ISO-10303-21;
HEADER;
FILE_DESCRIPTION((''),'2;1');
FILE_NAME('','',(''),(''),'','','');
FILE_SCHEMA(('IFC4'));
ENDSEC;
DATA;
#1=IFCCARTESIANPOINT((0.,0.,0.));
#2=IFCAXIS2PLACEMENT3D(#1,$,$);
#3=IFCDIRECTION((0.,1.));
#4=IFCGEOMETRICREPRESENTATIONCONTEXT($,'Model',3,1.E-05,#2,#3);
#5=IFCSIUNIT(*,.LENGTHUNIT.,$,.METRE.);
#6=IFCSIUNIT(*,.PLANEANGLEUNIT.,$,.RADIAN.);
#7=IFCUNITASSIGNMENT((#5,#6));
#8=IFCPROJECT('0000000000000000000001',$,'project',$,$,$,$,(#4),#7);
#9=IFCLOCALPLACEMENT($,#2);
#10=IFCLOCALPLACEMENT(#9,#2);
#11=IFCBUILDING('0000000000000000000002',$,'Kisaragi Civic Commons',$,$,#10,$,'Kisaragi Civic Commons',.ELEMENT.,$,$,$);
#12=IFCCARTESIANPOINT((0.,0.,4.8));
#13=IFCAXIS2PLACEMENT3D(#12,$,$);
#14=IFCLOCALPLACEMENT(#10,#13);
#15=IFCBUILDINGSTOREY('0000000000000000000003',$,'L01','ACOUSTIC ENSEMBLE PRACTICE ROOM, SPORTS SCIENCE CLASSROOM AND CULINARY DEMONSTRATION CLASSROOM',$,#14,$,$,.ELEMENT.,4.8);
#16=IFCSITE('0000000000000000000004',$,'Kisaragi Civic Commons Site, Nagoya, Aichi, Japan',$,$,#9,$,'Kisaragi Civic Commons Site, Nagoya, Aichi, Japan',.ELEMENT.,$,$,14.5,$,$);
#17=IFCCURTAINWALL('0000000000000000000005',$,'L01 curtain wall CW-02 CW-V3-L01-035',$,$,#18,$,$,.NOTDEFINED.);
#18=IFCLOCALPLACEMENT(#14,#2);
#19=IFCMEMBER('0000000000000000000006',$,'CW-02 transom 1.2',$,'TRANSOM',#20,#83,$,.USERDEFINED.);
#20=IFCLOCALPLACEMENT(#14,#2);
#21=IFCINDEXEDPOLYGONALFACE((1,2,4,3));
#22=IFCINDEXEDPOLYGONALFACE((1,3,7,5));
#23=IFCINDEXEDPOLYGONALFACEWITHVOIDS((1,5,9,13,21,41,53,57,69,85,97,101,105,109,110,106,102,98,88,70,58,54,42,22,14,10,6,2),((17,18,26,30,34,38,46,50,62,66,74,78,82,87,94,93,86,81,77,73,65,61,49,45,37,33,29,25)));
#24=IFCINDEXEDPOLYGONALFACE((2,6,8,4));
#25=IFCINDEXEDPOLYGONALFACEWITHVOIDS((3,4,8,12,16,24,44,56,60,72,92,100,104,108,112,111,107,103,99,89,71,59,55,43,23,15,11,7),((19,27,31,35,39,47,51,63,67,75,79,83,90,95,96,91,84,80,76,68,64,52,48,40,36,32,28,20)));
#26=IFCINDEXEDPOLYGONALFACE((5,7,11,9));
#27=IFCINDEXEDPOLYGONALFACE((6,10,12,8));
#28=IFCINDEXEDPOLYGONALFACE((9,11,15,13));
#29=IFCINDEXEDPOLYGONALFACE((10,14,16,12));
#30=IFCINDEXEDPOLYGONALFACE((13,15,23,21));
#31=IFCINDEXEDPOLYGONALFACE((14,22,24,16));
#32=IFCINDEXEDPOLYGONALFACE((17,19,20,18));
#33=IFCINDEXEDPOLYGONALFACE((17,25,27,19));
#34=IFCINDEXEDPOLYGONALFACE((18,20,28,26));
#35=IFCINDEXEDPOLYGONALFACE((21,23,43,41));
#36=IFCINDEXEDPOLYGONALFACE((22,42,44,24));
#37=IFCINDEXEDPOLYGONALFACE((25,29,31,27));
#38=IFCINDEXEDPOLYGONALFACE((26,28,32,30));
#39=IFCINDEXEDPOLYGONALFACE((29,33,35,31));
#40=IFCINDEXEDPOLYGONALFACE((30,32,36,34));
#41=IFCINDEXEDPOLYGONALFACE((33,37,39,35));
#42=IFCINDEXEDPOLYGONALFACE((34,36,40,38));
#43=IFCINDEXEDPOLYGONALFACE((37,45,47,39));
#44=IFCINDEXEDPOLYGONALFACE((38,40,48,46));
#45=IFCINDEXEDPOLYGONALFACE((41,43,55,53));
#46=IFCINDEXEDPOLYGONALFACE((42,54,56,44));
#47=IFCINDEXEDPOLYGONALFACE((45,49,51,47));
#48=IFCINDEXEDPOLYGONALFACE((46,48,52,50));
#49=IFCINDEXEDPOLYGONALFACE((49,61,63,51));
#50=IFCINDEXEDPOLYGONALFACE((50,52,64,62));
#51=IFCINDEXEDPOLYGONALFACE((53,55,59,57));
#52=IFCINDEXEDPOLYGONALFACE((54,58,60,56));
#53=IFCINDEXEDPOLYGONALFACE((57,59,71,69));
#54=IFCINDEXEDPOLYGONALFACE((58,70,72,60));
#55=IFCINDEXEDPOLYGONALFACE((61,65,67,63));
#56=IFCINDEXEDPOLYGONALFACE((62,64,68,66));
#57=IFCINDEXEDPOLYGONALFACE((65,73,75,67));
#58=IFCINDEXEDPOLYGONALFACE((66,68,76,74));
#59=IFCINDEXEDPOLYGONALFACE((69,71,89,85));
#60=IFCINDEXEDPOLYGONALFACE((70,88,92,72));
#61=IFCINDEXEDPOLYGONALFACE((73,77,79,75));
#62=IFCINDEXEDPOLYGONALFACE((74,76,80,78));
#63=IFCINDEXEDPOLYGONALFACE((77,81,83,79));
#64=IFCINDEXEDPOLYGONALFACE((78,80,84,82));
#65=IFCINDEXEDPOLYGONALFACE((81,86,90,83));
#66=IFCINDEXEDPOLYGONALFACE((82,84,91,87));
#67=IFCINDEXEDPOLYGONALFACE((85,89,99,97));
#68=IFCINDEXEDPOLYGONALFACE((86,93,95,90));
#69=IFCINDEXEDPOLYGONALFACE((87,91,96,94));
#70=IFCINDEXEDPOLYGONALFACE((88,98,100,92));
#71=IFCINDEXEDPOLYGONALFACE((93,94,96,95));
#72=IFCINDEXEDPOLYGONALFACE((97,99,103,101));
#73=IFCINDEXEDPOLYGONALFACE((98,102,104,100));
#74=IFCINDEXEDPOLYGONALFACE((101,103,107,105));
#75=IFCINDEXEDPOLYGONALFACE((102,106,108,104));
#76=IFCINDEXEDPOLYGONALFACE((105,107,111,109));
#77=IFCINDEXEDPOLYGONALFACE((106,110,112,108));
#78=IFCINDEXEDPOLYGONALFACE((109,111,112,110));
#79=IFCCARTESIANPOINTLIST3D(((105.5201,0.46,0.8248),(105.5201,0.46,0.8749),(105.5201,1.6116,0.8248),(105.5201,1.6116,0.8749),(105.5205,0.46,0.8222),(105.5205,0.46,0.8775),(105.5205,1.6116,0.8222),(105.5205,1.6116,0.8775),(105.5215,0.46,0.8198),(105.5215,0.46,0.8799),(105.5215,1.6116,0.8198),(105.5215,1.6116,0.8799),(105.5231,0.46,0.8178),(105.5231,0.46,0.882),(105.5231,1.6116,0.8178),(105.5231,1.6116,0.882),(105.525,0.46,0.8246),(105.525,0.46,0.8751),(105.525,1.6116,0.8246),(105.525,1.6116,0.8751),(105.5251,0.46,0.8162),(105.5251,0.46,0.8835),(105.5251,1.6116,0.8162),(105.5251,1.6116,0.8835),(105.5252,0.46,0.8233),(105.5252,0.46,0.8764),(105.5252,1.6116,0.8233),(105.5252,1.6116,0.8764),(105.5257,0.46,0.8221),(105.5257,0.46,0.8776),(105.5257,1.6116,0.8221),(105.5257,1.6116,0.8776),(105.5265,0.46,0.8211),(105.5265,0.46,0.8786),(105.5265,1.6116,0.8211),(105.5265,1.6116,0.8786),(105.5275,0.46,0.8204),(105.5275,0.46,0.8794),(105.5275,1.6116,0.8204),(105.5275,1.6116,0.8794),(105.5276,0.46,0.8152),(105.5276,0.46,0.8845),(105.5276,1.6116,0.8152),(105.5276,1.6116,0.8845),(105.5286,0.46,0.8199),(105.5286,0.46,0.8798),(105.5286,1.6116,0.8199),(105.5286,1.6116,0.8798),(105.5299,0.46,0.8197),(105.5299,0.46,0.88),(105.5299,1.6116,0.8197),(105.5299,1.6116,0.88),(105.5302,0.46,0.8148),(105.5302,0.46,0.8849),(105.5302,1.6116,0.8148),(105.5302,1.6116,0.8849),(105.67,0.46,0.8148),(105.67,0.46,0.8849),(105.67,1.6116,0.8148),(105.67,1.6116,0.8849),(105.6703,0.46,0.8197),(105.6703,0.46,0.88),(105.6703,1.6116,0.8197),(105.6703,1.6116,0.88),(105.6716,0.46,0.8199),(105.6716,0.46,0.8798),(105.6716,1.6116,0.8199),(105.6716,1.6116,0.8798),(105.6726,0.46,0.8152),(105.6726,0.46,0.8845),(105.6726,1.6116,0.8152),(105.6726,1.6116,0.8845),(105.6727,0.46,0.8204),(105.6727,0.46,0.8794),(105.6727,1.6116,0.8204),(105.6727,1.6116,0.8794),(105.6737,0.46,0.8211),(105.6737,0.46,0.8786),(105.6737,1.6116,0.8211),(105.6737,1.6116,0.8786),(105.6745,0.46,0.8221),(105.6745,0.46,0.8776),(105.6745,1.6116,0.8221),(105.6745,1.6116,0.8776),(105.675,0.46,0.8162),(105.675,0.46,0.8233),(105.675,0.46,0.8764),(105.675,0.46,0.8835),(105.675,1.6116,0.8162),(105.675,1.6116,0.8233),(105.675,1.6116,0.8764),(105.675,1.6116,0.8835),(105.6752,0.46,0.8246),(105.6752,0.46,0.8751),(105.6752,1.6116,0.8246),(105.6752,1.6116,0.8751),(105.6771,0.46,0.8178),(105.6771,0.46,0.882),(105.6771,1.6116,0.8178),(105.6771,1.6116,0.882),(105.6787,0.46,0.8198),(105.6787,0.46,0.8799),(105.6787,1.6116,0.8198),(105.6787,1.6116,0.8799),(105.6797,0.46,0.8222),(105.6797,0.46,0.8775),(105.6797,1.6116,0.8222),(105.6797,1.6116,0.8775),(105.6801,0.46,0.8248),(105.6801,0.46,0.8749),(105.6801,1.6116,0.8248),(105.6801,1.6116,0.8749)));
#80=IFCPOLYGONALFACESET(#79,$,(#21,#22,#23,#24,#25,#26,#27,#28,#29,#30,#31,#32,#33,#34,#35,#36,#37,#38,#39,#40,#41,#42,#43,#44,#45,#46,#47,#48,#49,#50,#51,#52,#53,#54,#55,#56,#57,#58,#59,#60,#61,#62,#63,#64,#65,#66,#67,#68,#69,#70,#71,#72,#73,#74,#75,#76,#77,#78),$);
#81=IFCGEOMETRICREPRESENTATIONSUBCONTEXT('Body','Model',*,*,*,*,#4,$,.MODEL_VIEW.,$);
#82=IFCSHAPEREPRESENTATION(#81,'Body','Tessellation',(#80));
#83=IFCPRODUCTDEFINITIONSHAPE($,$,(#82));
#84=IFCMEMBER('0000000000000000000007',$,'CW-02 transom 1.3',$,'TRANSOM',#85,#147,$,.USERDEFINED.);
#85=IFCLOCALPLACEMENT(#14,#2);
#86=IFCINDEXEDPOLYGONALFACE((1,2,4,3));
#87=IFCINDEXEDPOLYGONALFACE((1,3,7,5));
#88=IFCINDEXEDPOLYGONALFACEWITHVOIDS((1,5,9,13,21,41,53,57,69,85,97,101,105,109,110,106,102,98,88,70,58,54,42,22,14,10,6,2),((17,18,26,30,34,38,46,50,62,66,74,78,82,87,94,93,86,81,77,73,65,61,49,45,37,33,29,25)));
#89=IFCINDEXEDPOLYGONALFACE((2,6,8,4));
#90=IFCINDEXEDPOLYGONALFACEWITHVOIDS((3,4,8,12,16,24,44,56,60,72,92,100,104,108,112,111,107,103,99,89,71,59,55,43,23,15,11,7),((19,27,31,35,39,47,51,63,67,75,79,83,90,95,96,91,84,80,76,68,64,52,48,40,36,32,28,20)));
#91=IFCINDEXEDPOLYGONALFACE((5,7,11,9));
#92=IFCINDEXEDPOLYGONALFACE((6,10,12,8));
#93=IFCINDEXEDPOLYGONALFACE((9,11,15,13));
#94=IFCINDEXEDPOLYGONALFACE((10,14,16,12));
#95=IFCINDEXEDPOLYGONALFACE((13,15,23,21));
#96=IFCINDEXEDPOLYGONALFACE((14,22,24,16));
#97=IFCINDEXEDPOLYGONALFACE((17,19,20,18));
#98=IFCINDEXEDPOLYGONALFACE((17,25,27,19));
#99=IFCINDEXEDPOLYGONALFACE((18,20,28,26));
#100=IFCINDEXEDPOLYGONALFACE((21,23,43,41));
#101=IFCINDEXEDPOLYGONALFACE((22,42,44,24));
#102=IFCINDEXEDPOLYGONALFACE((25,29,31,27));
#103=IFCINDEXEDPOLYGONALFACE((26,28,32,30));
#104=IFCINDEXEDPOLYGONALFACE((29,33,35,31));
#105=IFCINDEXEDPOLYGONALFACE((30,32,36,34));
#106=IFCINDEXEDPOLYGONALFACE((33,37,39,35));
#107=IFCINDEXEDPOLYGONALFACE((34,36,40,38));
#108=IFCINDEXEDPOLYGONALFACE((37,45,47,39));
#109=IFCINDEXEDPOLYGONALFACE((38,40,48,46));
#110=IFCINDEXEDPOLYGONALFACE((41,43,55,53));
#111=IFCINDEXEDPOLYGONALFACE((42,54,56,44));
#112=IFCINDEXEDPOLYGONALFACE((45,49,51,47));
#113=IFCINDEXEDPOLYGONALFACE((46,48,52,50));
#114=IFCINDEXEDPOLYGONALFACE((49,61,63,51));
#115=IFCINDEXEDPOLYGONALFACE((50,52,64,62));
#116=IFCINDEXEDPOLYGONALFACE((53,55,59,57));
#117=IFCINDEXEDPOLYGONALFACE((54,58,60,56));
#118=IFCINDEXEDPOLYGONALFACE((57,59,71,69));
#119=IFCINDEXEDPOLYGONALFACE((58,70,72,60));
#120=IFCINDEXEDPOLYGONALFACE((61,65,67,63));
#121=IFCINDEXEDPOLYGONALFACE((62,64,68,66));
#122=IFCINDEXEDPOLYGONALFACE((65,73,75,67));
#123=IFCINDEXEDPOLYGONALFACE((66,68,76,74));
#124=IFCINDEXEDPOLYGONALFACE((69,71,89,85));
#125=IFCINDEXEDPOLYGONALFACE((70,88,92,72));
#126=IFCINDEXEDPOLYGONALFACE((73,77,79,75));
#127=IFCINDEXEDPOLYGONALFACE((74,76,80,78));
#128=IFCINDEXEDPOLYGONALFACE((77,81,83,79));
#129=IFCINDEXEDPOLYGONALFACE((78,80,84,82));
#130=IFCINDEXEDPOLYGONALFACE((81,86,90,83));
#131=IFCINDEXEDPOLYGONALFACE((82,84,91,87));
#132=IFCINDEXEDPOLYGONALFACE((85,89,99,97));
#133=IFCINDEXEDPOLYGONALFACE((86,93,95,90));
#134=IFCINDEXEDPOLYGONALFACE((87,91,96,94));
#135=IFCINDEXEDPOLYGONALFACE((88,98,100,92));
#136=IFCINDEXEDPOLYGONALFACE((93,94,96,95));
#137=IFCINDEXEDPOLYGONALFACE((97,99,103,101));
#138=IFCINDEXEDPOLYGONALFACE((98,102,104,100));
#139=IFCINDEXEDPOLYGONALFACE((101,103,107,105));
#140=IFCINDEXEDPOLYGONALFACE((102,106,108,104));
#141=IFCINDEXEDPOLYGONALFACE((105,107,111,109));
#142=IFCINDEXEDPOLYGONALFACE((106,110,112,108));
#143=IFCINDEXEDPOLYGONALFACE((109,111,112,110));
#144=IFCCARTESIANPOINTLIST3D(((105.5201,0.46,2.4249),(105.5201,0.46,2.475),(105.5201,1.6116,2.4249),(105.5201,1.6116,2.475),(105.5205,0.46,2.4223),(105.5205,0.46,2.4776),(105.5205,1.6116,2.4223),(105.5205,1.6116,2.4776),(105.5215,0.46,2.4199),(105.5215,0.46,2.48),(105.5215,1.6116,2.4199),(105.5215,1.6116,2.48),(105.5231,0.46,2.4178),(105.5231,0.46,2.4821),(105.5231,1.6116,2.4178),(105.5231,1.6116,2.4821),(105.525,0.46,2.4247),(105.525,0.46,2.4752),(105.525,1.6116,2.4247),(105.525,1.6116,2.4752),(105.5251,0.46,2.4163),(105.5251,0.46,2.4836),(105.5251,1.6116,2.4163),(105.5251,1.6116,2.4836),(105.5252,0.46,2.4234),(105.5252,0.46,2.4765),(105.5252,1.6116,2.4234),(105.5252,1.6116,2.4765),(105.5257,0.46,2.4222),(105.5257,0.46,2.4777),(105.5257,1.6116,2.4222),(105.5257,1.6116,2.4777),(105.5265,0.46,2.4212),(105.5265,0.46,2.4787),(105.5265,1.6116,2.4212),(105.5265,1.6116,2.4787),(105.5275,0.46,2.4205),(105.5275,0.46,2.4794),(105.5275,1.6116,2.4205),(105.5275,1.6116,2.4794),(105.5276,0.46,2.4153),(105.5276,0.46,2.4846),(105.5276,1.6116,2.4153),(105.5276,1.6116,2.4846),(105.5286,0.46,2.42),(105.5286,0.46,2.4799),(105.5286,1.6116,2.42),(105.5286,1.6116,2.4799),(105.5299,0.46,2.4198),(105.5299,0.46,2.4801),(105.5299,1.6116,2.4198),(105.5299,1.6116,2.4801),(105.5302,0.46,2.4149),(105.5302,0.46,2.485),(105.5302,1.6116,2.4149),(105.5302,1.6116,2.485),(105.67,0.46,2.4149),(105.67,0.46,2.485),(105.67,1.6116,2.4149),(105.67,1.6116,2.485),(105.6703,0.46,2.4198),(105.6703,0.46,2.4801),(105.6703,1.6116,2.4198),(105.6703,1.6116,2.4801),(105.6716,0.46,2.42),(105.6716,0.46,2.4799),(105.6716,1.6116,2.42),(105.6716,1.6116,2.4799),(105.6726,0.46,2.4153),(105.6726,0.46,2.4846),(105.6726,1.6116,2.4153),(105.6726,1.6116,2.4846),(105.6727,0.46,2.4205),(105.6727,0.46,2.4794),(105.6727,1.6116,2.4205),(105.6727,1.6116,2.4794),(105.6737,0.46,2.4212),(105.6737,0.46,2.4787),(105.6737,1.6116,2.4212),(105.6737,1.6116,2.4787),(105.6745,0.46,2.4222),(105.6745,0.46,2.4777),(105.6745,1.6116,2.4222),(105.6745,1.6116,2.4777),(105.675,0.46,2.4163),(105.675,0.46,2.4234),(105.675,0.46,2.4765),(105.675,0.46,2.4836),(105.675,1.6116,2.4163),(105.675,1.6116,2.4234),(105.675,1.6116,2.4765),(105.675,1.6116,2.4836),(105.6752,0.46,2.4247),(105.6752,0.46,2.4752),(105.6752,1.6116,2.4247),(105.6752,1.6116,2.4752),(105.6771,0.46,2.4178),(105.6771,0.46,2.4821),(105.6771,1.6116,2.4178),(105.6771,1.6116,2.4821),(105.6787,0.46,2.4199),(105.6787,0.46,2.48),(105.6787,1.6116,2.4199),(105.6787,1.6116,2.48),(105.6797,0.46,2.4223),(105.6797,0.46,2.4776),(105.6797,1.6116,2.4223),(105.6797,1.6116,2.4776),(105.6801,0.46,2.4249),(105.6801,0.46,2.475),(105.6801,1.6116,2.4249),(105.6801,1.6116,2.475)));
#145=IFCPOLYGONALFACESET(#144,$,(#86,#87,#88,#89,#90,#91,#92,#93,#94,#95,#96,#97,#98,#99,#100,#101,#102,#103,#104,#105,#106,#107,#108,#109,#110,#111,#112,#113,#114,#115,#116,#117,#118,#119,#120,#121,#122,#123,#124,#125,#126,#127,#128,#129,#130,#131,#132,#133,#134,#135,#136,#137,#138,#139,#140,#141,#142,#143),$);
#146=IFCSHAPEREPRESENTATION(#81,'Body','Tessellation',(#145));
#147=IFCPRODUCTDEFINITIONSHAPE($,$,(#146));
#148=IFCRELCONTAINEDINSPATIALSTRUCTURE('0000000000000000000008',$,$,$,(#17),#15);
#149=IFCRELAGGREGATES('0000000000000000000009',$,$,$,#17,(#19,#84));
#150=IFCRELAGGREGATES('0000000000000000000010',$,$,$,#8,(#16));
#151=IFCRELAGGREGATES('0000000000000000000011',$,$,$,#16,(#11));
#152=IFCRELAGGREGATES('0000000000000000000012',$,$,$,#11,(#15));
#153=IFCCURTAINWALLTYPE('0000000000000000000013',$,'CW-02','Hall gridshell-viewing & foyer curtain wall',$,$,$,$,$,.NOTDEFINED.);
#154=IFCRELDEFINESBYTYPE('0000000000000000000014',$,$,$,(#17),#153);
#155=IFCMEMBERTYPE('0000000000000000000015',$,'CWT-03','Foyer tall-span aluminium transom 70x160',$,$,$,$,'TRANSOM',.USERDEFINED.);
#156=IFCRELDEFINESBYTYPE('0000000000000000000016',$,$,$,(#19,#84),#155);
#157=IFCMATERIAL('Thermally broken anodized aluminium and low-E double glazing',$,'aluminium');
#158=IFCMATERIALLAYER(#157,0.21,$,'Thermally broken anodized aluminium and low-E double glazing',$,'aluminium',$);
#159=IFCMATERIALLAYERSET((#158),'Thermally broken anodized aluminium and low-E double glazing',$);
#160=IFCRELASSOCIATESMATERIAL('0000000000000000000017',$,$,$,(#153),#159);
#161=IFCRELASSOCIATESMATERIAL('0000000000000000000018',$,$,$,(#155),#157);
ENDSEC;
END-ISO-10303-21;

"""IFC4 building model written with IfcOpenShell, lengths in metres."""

from ifc_helpers import new_model, si_unit, direction, frame, origin, origin_2d, place, context, subcontext, project, spatial, hollow_rectangle, extrude, material, layer, layer_set, material_profile, profile_set, type_object, element, aggregate, save


model = new_model("IFC4")

# Units and contexts
model_context = context("Model", 3, precision=1e-05, world=origin(), true_north=direction((0.0, 1.0)))
body_context = subcontext(model_context, "Body", "Model", "MODEL_VIEW")
ifc_project = project(units=[si_unit("LENGTHUNIT", "METRE"), si_unit("PLANEANGLEUNIT", "RADIAN")], contexts=[model_context])

# Site, building, storey
site_placement = place(None, origin())
site = spatial("IfcSite", under=ifc_project, at=site_placement, Name="Kisaragi Civic Commons Site, Nagoya, Aichi, Japan", LongName="Kisaragi Civic Commons Site, Nagoya, Aichi, Japan", CompositionType="ELEMENT", RefElevation=14.5)
building_placement = place(site_placement, origin())
building = spatial("IfcBuilding", under=site, at=building_placement, Name="Kisaragi Civic Commons", LongName="Kisaragi Civic Commons", CompositionType="ELEMENT")
storey_placement = place(building_placement, frame((0.0, 0.0, 4.8)))
storey = spatial("IfcBuildingStorey", under=building, at=storey_placement, Name="L01", Description="ACOUSTIC ENSEMBLE PRACTICE ROOM, SPORTS SCIENCE CLASSROOM AND CULINARY DEMONSTRATION CLASSROOM", CompositionType="ELEMENT", Elevation=4.8)

# Curtain wall, members
ifc_material_1 = material(Name="Thermally broken anodized aluminium and low-E double glazing", Category="aluminium")
ifc_layer_1 = layer(ifc_material_1, 0.21, Name="Thermally broken anodized aluminium and low-E double glazing", Category="aluminium")
ifc_layer_set_1 = layer_set([ifc_layer_1], Name="Thermally broken anodized aluminium and low-E double glazing")
curtain_wall_type = type_object("IfcCurtainWallType", Name="CW-02", Description="Hall gridshell-viewing & foyer curtain wall", PredefinedType="NOTDEFINED", material=ifc_layer_set_1)
curtain_wall_placement = place(storey_placement, origin())
curtain_wall = element("IfcCurtainWall", 1, at=curtain_wall_placement, inside=storey, type_object=curtain_wall_type, Name="L01 curtain wall CW-02 CW-V3-L01-035", PredefinedType="NOTDEFINED")
ifc_material_profile_1 = material_profile(ifc_material_1, hollow_rectangle(XDim=0.1599, YDim=0.0701, WallThickness=0.0049, InnerFilletRadius=0.0049, OuterFilletRadius=0.01, at=origin_2d()), Name="CWT-70x160x5", Category="aluminium")
ifc_profile_set_1 = profile_set([ifc_material_profile_1], Name="Thermally broken anodized aluminium and low-E double glazing")
member_type_1 = type_object("IfcMemberType", Name="CWT-03", Description="Foyer tall-span aluminium transom 70x160", ElementType="TRANSOM", PredefinedType="USERDEFINED", material=ifc_profile_set_1)
member_1_placement = place(storey_placement, frame((105.6001, 0.46, 0.8499), z_axis=(0.0, 1.0, 0.0), x_axis=(-1.0, 0.0, 0.0)))
member_1 = element("IfcMember", 2, at=member_1_placement, type_object=member_type_1, Name="CW-02 transom 1.2", ObjectType="TRANSOM", PredefinedType="USERDEFINED", context=body_context, shape_type="SweptSolid", body=[
    extrude(hollow_rectangle(XDim=0.1599, YDim=0.0701, WallThickness=0.0049, InnerFilletRadius=0.0049, OuterFilletRadius=0.01, at=origin_2d()), origin(), (0.0, 0.0, 1.0), 1.1516),
])
member_2_placement = place(storey_placement, frame((105.6001, 0.46, 2.45), z_axis=(0.0, 1.0, 0.0), x_axis=(-1.0, 0.0, 0.0)))
member_2 = element("IfcMember", 3, at=member_2_placement, type_object=member_type_1, Name="CW-02 transom 1.3", ObjectType="TRANSOM", PredefinedType="USERDEFINED", context=body_context, shape_type="SweptSolid", body=[
    extrude(hollow_rectangle(XDim=0.1599, YDim=0.0701, WallThickness=0.0049, InnerFilletRadius=0.0049, OuterFilletRadius=0.01, at=origin_2d()), origin(), (0.0, 0.0, 1.0), 1.1516),
])

aggregate(curtain_wall, [member_1, member_2])

save(model, "model.ifc")
